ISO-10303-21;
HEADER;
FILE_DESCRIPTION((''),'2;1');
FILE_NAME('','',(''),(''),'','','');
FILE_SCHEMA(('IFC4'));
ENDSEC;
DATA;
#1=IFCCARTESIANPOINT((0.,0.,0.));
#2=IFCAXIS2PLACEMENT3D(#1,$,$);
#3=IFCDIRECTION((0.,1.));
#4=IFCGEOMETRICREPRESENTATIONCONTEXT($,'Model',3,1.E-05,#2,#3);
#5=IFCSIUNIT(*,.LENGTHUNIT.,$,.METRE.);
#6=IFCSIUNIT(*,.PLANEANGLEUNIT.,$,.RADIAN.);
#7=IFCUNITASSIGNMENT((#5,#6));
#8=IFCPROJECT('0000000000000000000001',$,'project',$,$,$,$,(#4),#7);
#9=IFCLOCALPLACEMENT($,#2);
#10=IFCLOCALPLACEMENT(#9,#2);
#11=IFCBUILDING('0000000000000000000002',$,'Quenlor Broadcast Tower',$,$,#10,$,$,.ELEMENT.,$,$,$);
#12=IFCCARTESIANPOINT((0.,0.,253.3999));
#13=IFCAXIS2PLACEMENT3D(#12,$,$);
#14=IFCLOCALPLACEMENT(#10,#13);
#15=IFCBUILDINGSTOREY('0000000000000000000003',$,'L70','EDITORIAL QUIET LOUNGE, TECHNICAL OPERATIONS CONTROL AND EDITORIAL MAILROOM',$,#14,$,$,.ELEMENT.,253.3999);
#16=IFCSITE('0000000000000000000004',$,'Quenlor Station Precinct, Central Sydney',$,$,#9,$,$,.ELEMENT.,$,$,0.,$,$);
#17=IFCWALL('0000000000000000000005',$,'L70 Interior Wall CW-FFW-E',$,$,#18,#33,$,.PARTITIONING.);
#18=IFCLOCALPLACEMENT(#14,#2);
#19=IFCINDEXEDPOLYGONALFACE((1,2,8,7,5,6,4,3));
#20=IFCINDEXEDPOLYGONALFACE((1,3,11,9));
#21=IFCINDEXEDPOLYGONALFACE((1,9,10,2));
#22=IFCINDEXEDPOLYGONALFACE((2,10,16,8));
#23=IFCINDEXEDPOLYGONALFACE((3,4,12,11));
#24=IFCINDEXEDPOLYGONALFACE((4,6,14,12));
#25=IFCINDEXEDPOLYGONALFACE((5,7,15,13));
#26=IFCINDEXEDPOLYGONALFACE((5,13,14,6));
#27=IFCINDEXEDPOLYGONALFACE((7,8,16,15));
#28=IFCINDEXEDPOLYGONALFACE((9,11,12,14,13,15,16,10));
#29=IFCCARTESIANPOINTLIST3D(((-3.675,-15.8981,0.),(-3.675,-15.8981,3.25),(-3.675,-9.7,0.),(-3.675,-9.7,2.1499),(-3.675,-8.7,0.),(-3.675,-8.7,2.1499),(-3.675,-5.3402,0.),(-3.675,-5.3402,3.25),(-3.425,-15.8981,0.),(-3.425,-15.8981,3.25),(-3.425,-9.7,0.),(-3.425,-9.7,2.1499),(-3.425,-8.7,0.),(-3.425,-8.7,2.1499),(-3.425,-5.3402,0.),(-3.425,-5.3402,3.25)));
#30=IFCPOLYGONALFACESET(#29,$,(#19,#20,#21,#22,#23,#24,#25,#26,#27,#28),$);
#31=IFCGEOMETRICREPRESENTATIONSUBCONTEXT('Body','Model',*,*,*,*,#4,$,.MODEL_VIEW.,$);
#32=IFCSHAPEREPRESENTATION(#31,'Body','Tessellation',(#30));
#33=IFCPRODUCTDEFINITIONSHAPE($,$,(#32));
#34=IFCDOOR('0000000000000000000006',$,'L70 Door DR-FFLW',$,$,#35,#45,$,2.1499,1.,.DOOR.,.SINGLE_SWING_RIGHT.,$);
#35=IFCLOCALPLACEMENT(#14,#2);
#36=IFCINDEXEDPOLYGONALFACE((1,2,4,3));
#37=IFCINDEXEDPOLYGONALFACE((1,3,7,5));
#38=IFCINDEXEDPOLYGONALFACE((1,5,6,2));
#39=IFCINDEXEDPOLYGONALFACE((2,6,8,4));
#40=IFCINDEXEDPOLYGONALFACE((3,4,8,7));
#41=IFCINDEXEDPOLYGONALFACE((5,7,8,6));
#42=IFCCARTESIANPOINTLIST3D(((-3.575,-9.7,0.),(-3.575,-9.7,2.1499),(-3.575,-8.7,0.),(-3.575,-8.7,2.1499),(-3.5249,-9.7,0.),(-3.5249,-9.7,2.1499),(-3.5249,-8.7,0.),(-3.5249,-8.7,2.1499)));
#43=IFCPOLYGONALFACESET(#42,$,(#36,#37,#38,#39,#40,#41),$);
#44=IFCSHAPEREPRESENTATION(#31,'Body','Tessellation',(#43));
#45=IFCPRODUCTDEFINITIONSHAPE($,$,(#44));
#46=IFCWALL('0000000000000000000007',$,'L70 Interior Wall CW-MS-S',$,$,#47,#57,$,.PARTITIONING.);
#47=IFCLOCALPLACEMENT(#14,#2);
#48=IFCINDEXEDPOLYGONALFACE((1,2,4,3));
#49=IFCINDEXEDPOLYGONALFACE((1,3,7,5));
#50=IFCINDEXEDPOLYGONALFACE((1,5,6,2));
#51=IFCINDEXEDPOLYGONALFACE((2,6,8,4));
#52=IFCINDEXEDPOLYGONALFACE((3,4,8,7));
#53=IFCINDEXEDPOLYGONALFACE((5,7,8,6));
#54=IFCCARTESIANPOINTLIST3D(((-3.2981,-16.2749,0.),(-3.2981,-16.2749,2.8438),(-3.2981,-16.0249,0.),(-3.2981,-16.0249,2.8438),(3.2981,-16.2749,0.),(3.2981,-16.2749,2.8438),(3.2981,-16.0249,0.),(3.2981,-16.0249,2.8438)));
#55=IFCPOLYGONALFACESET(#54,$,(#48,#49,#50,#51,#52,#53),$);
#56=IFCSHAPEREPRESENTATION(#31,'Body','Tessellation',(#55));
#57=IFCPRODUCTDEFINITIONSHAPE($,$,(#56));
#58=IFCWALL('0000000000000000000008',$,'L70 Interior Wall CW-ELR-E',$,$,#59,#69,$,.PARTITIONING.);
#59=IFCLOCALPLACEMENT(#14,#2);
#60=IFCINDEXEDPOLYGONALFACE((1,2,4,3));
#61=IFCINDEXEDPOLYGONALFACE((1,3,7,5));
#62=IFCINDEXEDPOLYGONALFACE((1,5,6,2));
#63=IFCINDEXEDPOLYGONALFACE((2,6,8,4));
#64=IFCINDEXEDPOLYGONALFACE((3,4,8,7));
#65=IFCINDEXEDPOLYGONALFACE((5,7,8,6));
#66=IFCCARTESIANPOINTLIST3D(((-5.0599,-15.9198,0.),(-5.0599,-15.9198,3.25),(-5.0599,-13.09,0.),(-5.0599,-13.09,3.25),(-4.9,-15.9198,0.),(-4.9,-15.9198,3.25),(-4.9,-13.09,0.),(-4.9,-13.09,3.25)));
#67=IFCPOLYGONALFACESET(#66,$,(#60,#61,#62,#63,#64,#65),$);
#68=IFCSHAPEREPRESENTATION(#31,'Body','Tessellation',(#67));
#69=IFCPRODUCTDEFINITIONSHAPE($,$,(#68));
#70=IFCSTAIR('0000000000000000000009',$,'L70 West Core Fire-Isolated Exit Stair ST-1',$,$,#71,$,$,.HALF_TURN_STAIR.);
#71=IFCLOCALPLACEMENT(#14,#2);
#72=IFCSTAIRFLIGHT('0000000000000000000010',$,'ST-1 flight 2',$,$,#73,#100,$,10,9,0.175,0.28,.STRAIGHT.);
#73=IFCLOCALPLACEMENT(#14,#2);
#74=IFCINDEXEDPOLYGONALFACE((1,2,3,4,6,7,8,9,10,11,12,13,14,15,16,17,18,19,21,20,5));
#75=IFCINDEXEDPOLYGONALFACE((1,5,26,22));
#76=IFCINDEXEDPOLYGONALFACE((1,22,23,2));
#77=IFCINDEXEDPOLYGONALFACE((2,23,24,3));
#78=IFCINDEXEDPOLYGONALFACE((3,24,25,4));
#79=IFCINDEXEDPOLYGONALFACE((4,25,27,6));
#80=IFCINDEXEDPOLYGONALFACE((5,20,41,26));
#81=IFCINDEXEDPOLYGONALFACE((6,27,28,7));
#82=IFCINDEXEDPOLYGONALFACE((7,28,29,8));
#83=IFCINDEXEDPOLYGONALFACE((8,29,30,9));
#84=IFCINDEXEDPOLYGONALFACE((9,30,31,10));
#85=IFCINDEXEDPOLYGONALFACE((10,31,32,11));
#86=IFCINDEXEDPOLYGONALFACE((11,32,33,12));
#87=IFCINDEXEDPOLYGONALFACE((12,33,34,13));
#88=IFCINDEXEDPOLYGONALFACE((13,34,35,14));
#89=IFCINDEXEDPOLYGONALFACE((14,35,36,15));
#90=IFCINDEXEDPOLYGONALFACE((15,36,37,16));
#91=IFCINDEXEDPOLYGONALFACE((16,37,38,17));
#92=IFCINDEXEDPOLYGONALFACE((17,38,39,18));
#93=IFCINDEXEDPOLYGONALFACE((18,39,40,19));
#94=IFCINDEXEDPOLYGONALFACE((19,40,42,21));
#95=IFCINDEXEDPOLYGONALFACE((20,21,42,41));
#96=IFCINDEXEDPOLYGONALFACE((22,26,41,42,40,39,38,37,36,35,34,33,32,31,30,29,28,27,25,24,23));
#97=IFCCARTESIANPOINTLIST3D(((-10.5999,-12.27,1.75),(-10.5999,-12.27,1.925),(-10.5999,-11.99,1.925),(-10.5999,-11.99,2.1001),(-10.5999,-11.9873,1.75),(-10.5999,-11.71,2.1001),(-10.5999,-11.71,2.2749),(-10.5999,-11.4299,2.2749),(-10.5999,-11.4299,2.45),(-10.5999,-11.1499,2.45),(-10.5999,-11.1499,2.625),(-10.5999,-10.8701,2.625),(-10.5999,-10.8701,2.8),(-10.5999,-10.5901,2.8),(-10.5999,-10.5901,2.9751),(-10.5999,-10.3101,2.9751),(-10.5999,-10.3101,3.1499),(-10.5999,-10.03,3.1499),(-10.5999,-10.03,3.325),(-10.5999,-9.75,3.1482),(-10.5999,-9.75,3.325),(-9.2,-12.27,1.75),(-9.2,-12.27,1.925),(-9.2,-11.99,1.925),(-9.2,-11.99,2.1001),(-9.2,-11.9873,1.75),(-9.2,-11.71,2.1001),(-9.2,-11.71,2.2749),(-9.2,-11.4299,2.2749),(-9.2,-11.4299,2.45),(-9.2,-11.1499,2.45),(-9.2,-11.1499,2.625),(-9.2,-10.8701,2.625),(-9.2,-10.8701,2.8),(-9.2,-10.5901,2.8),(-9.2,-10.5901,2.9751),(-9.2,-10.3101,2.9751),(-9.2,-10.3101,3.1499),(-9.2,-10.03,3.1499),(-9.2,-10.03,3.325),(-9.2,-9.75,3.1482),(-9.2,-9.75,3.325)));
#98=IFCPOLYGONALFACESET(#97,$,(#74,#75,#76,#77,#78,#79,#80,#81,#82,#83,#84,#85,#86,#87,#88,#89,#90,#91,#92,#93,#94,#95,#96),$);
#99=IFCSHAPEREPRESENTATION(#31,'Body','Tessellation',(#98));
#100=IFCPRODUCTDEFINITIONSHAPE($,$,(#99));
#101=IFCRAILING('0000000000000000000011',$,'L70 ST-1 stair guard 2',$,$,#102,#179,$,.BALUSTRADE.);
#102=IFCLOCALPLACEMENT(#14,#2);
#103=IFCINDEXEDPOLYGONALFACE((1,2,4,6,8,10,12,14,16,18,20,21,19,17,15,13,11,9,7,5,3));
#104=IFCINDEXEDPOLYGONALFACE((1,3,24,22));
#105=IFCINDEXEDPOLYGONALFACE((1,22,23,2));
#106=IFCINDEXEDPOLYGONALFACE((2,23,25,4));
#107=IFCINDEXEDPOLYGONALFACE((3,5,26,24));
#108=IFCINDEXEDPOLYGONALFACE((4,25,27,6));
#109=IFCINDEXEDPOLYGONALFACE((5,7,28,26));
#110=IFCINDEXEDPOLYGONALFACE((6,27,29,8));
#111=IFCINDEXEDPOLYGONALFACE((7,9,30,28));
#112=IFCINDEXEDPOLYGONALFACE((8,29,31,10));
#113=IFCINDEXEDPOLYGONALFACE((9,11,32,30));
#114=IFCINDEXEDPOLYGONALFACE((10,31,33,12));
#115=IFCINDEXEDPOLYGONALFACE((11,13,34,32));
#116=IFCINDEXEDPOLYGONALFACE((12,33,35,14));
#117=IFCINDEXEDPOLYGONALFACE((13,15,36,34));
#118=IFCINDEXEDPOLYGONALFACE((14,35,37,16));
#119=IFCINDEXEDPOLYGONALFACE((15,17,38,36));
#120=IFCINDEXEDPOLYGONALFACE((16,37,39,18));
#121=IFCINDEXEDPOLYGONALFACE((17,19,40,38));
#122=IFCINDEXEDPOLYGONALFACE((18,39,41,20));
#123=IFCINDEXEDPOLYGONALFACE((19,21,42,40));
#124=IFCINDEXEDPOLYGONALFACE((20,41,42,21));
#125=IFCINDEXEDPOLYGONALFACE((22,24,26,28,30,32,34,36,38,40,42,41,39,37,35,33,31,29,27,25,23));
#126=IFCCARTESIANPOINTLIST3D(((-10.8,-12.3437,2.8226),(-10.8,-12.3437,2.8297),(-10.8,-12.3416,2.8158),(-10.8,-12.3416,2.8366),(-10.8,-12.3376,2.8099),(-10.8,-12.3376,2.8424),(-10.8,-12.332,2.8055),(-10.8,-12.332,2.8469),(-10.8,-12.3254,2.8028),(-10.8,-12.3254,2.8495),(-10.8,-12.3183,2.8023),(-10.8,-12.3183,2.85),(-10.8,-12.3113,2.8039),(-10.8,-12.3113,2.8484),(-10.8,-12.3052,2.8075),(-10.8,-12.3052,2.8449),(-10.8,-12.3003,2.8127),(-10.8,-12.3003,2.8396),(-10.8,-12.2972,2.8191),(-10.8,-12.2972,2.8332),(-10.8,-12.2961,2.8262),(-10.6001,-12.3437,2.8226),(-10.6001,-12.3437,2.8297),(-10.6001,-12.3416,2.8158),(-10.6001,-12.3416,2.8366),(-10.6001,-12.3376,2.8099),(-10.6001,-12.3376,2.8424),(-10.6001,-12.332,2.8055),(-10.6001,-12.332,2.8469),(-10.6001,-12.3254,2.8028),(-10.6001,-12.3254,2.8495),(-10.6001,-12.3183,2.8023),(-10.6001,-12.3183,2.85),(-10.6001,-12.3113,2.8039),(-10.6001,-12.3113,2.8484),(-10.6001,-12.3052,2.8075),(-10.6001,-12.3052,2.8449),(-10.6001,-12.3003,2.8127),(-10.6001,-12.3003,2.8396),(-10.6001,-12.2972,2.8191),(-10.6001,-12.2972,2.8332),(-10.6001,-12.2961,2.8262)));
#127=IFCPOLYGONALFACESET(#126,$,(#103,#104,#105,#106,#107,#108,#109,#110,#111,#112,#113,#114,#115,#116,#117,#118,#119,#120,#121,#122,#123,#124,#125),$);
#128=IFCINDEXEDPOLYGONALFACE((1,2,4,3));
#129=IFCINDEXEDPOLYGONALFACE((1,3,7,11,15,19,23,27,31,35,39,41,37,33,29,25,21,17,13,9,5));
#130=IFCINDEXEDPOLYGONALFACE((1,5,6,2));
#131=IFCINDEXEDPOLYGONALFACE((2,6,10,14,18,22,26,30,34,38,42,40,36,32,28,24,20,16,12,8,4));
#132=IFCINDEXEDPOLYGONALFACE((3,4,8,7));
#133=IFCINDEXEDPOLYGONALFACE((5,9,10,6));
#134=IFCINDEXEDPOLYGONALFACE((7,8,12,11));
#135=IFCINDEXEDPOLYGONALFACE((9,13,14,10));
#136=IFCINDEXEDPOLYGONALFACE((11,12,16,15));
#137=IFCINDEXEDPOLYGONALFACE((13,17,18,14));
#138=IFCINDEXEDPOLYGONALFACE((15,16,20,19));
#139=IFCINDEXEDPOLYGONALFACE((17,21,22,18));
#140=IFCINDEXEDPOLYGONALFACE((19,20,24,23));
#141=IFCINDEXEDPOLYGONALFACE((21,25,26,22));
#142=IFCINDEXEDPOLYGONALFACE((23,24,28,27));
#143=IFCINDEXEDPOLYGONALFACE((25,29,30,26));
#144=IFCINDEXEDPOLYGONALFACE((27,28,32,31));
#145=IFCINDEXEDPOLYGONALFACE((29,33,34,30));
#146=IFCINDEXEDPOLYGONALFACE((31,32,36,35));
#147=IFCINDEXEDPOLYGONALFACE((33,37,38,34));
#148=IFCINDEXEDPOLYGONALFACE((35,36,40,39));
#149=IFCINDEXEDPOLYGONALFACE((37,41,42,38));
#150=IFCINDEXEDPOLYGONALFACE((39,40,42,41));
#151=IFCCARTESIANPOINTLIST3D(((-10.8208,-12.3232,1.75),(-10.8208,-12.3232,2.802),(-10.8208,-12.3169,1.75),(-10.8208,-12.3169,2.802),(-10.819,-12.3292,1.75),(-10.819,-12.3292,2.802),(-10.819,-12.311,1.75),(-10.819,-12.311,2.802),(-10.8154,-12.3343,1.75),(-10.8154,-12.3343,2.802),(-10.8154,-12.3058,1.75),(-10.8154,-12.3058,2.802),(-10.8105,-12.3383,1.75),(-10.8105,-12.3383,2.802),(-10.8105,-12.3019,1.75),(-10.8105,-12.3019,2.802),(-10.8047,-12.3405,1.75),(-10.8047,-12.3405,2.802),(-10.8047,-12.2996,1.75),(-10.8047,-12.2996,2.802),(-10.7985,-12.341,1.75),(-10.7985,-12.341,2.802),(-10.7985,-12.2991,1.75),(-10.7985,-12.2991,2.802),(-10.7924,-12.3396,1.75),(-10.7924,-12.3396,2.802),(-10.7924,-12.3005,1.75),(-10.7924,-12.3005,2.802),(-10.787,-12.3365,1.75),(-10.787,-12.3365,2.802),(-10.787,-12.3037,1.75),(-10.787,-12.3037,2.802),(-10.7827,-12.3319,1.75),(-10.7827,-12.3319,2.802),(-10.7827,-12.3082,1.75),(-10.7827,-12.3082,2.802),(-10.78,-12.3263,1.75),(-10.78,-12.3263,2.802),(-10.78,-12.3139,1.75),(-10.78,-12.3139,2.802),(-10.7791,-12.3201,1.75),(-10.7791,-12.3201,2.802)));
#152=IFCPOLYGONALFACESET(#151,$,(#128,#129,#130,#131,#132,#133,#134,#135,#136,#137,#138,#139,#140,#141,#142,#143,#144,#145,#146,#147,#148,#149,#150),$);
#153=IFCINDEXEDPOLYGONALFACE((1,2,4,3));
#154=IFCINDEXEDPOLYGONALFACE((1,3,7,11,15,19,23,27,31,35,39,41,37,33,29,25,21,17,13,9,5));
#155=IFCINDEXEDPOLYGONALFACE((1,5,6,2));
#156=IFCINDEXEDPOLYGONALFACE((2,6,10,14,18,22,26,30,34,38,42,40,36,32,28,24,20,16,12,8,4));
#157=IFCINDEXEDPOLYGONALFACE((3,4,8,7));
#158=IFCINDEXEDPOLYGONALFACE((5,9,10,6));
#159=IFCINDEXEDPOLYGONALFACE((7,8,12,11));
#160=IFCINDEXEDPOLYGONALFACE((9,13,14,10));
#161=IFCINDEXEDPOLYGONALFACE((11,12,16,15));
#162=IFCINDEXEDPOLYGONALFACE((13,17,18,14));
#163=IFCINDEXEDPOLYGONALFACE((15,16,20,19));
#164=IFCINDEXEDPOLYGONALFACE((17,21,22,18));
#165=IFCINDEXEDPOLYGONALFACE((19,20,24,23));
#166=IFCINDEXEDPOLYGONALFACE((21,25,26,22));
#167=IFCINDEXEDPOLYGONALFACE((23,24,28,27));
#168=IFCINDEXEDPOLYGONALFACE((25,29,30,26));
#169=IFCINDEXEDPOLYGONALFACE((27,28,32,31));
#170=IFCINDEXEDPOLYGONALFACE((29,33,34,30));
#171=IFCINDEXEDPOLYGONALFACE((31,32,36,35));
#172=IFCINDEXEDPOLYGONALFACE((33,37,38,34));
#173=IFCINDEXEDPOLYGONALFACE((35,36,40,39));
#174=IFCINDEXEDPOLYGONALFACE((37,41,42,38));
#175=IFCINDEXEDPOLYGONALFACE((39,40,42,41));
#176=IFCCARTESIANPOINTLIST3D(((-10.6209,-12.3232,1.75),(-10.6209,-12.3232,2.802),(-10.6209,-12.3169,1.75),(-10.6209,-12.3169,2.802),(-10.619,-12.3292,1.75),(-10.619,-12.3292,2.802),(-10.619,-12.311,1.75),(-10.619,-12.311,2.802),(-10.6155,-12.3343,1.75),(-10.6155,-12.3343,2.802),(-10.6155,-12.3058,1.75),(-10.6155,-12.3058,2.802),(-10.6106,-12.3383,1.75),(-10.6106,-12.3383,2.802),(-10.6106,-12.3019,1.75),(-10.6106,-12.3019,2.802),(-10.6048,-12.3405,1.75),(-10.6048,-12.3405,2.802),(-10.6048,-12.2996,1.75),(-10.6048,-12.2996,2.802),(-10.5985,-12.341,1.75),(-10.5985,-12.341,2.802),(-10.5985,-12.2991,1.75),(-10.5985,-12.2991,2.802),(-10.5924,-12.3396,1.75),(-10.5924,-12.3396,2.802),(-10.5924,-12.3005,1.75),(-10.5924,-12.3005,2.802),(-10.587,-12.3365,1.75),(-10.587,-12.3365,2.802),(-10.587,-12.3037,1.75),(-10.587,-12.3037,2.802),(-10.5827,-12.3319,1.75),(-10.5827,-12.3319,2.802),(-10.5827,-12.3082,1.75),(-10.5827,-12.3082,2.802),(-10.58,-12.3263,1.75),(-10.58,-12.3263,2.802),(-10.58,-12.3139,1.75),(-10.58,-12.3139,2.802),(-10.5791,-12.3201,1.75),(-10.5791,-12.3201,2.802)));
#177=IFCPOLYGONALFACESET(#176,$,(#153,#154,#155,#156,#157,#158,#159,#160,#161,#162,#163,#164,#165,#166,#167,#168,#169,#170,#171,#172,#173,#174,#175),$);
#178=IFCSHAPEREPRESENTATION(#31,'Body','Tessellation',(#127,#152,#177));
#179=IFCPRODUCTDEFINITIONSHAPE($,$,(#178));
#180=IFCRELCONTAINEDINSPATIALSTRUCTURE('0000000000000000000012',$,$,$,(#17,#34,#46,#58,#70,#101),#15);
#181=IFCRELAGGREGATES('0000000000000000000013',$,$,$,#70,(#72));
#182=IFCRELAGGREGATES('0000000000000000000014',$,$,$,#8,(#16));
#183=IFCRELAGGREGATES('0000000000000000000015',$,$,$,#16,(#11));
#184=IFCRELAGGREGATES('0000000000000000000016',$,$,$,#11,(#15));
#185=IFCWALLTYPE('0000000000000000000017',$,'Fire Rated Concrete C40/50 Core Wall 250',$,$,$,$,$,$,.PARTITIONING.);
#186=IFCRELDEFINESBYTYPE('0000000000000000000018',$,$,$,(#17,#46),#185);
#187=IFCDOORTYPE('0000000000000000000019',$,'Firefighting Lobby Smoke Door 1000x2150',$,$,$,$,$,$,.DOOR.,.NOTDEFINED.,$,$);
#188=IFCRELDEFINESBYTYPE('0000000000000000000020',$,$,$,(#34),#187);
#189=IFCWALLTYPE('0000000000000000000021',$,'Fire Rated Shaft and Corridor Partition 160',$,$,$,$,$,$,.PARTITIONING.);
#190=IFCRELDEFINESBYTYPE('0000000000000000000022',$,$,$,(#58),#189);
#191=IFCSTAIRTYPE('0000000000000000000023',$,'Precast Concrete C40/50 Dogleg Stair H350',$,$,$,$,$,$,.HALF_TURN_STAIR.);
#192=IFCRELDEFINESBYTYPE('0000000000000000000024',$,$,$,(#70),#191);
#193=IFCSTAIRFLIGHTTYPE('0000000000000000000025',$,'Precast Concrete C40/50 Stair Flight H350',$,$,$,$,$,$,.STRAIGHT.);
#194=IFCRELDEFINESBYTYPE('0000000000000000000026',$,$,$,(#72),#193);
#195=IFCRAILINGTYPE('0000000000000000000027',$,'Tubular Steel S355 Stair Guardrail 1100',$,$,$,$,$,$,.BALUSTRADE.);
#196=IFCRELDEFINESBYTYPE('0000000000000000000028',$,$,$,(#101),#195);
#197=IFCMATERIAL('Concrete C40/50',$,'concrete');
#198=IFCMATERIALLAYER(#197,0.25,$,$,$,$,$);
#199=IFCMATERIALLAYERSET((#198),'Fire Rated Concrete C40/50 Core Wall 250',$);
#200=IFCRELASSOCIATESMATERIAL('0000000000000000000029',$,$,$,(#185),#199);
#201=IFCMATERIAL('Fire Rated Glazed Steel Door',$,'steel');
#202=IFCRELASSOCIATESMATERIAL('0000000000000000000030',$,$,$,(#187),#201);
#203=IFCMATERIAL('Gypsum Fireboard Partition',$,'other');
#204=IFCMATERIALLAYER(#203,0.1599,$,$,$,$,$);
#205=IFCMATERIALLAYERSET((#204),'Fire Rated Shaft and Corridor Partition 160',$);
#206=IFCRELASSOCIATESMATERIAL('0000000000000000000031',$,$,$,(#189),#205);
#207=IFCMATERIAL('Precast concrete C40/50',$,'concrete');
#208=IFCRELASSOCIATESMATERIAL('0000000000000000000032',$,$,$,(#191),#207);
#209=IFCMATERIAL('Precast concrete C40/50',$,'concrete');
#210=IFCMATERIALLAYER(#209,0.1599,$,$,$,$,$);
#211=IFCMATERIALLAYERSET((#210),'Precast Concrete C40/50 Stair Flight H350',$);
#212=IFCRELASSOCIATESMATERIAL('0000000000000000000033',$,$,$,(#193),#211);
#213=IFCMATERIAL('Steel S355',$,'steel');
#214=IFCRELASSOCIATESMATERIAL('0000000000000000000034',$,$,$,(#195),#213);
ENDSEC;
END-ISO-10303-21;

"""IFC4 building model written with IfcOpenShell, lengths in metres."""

from ifc_helpers import new_model, si_unit, direction, frame, frame_2d, origin, origin_2d, place, context, subcontext, project, spatial, polyline, rectangle, circle, outline, extrude, material, layer, layer_set, type_object, element, fill, aggregate, save


model = new_model("IFC4")

# Units and contexts
model_context = context("Model", 3, precision=1e-05, world=origin(), true_north=direction((0.0, 1.0)))
body_context = subcontext(model_context, "Body", "Model", "MODEL_VIEW")
ifc_project = project(units=[si_unit("LENGTHUNIT", "METRE"), si_unit("PLANEANGLEUNIT", "RADIAN")], contexts=[model_context])

# Site, building, storey
site_placement = place(None, origin())
site = spatial("IfcSite", under=ifc_project, at=site_placement, Name="Quenlor Station Precinct, Central Sydney", CompositionType="ELEMENT", RefElevation=0.0)
building_placement = place(site_placement, origin())
building = spatial("IfcBuilding", under=site, at=building_placement, Name="Quenlor Broadcast Tower", CompositionType="ELEMENT")
storey_placement = place(building_placement, frame((0.0, 0.0, 253.3999)))
storey = spatial("IfcBuildingStorey", under=building, at=storey_placement, Name="L70", Description="EDITORIAL QUIET LOUNGE, TECHNICAL OPERATIONS CONTROL AND EDITORIAL MAILROOM", CompositionType="ELEMENT", Elevation=253.3999)

# Shared definitions
ifc_material_1 = material(Name="Concrete C40/50", Category="concrete")
ifc_layer_1 = layer(ifc_material_1, 0.25)
ifc_layer_set_1 = layer_set([ifc_layer_1], Name="Fire Rated Concrete C40/50 Core Wall 250")
wall_type_1 = type_object("IfcWallType", Name="Fire Rated Concrete C40/50 Core Wall 250", PredefinedType="PARTITIONING", material=ifc_layer_set_1)

# Wall, opening, door
wall_1_placement = place(storey_placement, frame((-3.55, -15.8979, 0.0), z_axis=(0.0, 0.0, 1.0), x_axis=(0.0, 1.0, 0.0)))
wall_1 = element("IfcWall", 1, at=wall_1_placement, inside=storey, type_object=wall_type_1, Name="L70 Interior Wall CW-FFW-E", PredefinedType="PARTITIONING", context=body_context, shape_type="SweptSolid", body=[
    extrude(rectangle(XDim=10.5579, YDim=0.25, at=frame_2d((5.2788, 0.0))), origin(), (0.0, 0.0, 1.0), 3.25),
])
opening_1_placement = place(wall_1_placement, frame((6.198, 0.0, 0.0)))
opening_1 = element("IfcOpeningElement", 2, at=opening_1_placement, cuts=wall_1, PredefinedType="OPENING", context=body_context, shape_type="SweptSolid", body=[
    extrude(rectangle(XDim=1.0, YDim=2.1499, at=frame_2d((0.5, 1.075))), frame((0.0, 0.135, 0.0), z_axis=(0.0, -1.0, 0.0), x_axis=(1.0, 0.0, 0.0)), (0.0, 0.0, 1.0), 0.27),
])
ifc_material_2 = material(Name="Fire Rated Glazed Steel Door", Category="steel")
door_type_1 = type_object("IfcDoorType", Name="Firefighting Lobby Smoke Door 1000x2150", OperationType="NOTDEFINED", PredefinedType="DOOR", material=ifc_material_2)
door_1_placement = place(opening_1_placement, origin())
door_1 = element("IfcDoor", 3, at=door_1_placement, inside=storey, type_object=door_type_1, Name="L70 Door DR-FFLW", OperationType="SINGLE_SWING_RIGHT", OverallHeight=2.1499, OverallWidth=1.0, PredefinedType="DOOR", context=body_context, shape_type="SweptSolid", body=[
    extrude(rectangle(XDim=1.0, YDim=2.1499, at=frame_2d((0.5, 1.075))), frame((0.0, 0.0249, 0.0), z_axis=(0.0, -1.0, 0.0), x_axis=(1.0, 0.0, 0.0)), (0.0, 0.0, 1.0), 0.05),
])
fill(opening_1, door_1)

# Walls
wall_2_placement = place(storey_placement, frame((-3.2981, -16.1499, 0.0), z_axis=(0.0, 0.0, 1.0), x_axis=(1.0, 0.0, 0.0)))
element("IfcWall", 4, at=wall_2_placement, inside=storey, type_object=wall_type_1, Name="L70 Interior Wall CW-MS-S", PredefinedType="PARTITIONING", context=body_context, shape_type="SweptSolid", body=[
    extrude(rectangle(XDim=6.5962, YDim=0.25, at=frame_2d((3.2981, 0.0))), origin(), (0.0, 0.0, 1.0), 2.8438),
])
ifc_material_3 = material(Name="Gypsum Fireboard Partition", Category="other")
ifc_layer_2 = layer(ifc_material_3, 0.1599)
ifc_layer_set_2 = layer_set([ifc_layer_2], Name="Fire Rated Shaft and Corridor Partition 160")
wall_type_2 = type_object("IfcWallType", Name="Fire Rated Shaft and Corridor Partition 160", PredefinedType="PARTITIONING", material=ifc_layer_set_2)
wall_3_placement = place(storey_placement, frame((-4.98, -15.9199, 0.0), z_axis=(0.0, 0.0, 1.0), x_axis=(0.0, 1.0, 0.0)))
element("IfcWall", 5, at=wall_3_placement, inside=storey, type_object=wall_type_2, Name="L70 Interior Wall CW-ELR-E", PredefinedType="PARTITIONING", context=body_context, shape_type="SweptSolid", body=[
    extrude(rectangle(XDim=2.8298, YDim=0.1599, at=frame_2d((1.415, 0.0))), origin(), (0.0, 0.0, 1.0), 3.25),
])

# Stair, stair flight
ifc_material_4 = material(Name="Precast concrete C40/50", Category="concrete")
stair_type = type_object("IfcStairType", Name="Precast Concrete C40/50 Dogleg Stair H350", PredefinedType="HALF_TURN_STAIR", material=ifc_material_4)
stair_placement = place(storey_placement, origin())
stair = element("IfcStair", 6, at=stair_placement, inside=storey, type_object=stair_type, Name="L70 West Core Fire-Isolated Exit Stair ST-1", PredefinedType="HALF_TURN_STAIR")
ifc_material_5 = material(Name="Precast concrete C40/50", Category="concrete")
ifc_layer_3 = layer(ifc_material_5, 0.1599)
ifc_layer_set_3 = layer_set([ifc_layer_3], Name="Precast Concrete C40/50 Stair Flight H350")
stair_flight_type = type_object("IfcStairFlightType", Name="Precast Concrete C40/50 Stair Flight H350", PredefinedType="STRAIGHT", material=ifc_layer_set_3)
stair_flight_placement = place(storey_placement, frame((-9.8999, -12.27, 1.75), z_axis=(0.0, 0.0, 1.0), x_axis=(0.0, 1.0, 0.0)))
stair_flight = element("IfcStairFlight", 7, at=stair_flight_placement, type_object=stair_flight_type, Name="ST-1 flight 2", NumberOfRisers=10, NumberOfTreads=9, PredefinedType="STRAIGHT", RiserHeight=0.175, TreadLength=0.28, context=body_context, shape_type="SweptSolid", body=[
    extrude(outline(polyline([(0.0, 0.0), (0.0, 0.175), (0.28, 0.175), (0.28, 0.3501), (0.5601, 0.3501), (0.5601, 0.5249), (0.8401, 0.5249), (0.8401, 0.7), (1.1201, 0.7), (1.1201, 0.875), (1.3999, 0.875), (1.3999, 1.05), (1.6799, 1.05), (1.6799, 1.2251), (1.96, 1.2251), (1.96, 1.3999), (2.24, 1.3999), (2.24, 1.575), (2.52, 1.575), (2.52, 1.75), (2.52, 1.3982), (0.2827, 0.0), (0.0, 0.0)])), frame((0.0, 0.7, 0.0), z_axis=(0.0, -1.0, 0.0), x_axis=(1.0, 0.0, 0.0)), (0.0, 0.0, 1.0), 1.3999),
])
aggregate(stair, [stair_flight])

# Railing
ifc_material_6 = material(Name="Steel S355", Category="steel")
railing_type = type_object("IfcRailingType", Name="Tubular Steel S355 Stair Guardrail 1100", PredefinedType="BALUSTRADE", material=ifc_material_6)
railing_1_placement = place(storey_placement, frame((-10.8, -12.3201, 1.75)))
element("IfcRailing", 8, at=railing_1_placement, inside=storey, type_object=railing_type, Name="L70 ST-1 stair guard 2", PredefinedType="BALUSTRADE", context=body_context, shape_type="SweptSolid", body=[
    extrude(circle(Radius=0.0239, at=origin_2d()), frame((0.0, 0.0, 1.0762), z_axis=(1.0, 0.0, 0.0), x_axis=(0.0, 1.0, 0.0)), (0.0, 0.0, 1.0), 0.2),
    extrude(circle(Radius=0.021, at=origin_2d()), origin(), (0.0, 0.0, 1.0), 1.052),
    extrude(circle(Radius=0.021, at=origin_2d()), frame((0.2, 0.0, 0.0)), (0.0, 0.0, 1.0), 1.052),
])

save(model, "model.ifc")
